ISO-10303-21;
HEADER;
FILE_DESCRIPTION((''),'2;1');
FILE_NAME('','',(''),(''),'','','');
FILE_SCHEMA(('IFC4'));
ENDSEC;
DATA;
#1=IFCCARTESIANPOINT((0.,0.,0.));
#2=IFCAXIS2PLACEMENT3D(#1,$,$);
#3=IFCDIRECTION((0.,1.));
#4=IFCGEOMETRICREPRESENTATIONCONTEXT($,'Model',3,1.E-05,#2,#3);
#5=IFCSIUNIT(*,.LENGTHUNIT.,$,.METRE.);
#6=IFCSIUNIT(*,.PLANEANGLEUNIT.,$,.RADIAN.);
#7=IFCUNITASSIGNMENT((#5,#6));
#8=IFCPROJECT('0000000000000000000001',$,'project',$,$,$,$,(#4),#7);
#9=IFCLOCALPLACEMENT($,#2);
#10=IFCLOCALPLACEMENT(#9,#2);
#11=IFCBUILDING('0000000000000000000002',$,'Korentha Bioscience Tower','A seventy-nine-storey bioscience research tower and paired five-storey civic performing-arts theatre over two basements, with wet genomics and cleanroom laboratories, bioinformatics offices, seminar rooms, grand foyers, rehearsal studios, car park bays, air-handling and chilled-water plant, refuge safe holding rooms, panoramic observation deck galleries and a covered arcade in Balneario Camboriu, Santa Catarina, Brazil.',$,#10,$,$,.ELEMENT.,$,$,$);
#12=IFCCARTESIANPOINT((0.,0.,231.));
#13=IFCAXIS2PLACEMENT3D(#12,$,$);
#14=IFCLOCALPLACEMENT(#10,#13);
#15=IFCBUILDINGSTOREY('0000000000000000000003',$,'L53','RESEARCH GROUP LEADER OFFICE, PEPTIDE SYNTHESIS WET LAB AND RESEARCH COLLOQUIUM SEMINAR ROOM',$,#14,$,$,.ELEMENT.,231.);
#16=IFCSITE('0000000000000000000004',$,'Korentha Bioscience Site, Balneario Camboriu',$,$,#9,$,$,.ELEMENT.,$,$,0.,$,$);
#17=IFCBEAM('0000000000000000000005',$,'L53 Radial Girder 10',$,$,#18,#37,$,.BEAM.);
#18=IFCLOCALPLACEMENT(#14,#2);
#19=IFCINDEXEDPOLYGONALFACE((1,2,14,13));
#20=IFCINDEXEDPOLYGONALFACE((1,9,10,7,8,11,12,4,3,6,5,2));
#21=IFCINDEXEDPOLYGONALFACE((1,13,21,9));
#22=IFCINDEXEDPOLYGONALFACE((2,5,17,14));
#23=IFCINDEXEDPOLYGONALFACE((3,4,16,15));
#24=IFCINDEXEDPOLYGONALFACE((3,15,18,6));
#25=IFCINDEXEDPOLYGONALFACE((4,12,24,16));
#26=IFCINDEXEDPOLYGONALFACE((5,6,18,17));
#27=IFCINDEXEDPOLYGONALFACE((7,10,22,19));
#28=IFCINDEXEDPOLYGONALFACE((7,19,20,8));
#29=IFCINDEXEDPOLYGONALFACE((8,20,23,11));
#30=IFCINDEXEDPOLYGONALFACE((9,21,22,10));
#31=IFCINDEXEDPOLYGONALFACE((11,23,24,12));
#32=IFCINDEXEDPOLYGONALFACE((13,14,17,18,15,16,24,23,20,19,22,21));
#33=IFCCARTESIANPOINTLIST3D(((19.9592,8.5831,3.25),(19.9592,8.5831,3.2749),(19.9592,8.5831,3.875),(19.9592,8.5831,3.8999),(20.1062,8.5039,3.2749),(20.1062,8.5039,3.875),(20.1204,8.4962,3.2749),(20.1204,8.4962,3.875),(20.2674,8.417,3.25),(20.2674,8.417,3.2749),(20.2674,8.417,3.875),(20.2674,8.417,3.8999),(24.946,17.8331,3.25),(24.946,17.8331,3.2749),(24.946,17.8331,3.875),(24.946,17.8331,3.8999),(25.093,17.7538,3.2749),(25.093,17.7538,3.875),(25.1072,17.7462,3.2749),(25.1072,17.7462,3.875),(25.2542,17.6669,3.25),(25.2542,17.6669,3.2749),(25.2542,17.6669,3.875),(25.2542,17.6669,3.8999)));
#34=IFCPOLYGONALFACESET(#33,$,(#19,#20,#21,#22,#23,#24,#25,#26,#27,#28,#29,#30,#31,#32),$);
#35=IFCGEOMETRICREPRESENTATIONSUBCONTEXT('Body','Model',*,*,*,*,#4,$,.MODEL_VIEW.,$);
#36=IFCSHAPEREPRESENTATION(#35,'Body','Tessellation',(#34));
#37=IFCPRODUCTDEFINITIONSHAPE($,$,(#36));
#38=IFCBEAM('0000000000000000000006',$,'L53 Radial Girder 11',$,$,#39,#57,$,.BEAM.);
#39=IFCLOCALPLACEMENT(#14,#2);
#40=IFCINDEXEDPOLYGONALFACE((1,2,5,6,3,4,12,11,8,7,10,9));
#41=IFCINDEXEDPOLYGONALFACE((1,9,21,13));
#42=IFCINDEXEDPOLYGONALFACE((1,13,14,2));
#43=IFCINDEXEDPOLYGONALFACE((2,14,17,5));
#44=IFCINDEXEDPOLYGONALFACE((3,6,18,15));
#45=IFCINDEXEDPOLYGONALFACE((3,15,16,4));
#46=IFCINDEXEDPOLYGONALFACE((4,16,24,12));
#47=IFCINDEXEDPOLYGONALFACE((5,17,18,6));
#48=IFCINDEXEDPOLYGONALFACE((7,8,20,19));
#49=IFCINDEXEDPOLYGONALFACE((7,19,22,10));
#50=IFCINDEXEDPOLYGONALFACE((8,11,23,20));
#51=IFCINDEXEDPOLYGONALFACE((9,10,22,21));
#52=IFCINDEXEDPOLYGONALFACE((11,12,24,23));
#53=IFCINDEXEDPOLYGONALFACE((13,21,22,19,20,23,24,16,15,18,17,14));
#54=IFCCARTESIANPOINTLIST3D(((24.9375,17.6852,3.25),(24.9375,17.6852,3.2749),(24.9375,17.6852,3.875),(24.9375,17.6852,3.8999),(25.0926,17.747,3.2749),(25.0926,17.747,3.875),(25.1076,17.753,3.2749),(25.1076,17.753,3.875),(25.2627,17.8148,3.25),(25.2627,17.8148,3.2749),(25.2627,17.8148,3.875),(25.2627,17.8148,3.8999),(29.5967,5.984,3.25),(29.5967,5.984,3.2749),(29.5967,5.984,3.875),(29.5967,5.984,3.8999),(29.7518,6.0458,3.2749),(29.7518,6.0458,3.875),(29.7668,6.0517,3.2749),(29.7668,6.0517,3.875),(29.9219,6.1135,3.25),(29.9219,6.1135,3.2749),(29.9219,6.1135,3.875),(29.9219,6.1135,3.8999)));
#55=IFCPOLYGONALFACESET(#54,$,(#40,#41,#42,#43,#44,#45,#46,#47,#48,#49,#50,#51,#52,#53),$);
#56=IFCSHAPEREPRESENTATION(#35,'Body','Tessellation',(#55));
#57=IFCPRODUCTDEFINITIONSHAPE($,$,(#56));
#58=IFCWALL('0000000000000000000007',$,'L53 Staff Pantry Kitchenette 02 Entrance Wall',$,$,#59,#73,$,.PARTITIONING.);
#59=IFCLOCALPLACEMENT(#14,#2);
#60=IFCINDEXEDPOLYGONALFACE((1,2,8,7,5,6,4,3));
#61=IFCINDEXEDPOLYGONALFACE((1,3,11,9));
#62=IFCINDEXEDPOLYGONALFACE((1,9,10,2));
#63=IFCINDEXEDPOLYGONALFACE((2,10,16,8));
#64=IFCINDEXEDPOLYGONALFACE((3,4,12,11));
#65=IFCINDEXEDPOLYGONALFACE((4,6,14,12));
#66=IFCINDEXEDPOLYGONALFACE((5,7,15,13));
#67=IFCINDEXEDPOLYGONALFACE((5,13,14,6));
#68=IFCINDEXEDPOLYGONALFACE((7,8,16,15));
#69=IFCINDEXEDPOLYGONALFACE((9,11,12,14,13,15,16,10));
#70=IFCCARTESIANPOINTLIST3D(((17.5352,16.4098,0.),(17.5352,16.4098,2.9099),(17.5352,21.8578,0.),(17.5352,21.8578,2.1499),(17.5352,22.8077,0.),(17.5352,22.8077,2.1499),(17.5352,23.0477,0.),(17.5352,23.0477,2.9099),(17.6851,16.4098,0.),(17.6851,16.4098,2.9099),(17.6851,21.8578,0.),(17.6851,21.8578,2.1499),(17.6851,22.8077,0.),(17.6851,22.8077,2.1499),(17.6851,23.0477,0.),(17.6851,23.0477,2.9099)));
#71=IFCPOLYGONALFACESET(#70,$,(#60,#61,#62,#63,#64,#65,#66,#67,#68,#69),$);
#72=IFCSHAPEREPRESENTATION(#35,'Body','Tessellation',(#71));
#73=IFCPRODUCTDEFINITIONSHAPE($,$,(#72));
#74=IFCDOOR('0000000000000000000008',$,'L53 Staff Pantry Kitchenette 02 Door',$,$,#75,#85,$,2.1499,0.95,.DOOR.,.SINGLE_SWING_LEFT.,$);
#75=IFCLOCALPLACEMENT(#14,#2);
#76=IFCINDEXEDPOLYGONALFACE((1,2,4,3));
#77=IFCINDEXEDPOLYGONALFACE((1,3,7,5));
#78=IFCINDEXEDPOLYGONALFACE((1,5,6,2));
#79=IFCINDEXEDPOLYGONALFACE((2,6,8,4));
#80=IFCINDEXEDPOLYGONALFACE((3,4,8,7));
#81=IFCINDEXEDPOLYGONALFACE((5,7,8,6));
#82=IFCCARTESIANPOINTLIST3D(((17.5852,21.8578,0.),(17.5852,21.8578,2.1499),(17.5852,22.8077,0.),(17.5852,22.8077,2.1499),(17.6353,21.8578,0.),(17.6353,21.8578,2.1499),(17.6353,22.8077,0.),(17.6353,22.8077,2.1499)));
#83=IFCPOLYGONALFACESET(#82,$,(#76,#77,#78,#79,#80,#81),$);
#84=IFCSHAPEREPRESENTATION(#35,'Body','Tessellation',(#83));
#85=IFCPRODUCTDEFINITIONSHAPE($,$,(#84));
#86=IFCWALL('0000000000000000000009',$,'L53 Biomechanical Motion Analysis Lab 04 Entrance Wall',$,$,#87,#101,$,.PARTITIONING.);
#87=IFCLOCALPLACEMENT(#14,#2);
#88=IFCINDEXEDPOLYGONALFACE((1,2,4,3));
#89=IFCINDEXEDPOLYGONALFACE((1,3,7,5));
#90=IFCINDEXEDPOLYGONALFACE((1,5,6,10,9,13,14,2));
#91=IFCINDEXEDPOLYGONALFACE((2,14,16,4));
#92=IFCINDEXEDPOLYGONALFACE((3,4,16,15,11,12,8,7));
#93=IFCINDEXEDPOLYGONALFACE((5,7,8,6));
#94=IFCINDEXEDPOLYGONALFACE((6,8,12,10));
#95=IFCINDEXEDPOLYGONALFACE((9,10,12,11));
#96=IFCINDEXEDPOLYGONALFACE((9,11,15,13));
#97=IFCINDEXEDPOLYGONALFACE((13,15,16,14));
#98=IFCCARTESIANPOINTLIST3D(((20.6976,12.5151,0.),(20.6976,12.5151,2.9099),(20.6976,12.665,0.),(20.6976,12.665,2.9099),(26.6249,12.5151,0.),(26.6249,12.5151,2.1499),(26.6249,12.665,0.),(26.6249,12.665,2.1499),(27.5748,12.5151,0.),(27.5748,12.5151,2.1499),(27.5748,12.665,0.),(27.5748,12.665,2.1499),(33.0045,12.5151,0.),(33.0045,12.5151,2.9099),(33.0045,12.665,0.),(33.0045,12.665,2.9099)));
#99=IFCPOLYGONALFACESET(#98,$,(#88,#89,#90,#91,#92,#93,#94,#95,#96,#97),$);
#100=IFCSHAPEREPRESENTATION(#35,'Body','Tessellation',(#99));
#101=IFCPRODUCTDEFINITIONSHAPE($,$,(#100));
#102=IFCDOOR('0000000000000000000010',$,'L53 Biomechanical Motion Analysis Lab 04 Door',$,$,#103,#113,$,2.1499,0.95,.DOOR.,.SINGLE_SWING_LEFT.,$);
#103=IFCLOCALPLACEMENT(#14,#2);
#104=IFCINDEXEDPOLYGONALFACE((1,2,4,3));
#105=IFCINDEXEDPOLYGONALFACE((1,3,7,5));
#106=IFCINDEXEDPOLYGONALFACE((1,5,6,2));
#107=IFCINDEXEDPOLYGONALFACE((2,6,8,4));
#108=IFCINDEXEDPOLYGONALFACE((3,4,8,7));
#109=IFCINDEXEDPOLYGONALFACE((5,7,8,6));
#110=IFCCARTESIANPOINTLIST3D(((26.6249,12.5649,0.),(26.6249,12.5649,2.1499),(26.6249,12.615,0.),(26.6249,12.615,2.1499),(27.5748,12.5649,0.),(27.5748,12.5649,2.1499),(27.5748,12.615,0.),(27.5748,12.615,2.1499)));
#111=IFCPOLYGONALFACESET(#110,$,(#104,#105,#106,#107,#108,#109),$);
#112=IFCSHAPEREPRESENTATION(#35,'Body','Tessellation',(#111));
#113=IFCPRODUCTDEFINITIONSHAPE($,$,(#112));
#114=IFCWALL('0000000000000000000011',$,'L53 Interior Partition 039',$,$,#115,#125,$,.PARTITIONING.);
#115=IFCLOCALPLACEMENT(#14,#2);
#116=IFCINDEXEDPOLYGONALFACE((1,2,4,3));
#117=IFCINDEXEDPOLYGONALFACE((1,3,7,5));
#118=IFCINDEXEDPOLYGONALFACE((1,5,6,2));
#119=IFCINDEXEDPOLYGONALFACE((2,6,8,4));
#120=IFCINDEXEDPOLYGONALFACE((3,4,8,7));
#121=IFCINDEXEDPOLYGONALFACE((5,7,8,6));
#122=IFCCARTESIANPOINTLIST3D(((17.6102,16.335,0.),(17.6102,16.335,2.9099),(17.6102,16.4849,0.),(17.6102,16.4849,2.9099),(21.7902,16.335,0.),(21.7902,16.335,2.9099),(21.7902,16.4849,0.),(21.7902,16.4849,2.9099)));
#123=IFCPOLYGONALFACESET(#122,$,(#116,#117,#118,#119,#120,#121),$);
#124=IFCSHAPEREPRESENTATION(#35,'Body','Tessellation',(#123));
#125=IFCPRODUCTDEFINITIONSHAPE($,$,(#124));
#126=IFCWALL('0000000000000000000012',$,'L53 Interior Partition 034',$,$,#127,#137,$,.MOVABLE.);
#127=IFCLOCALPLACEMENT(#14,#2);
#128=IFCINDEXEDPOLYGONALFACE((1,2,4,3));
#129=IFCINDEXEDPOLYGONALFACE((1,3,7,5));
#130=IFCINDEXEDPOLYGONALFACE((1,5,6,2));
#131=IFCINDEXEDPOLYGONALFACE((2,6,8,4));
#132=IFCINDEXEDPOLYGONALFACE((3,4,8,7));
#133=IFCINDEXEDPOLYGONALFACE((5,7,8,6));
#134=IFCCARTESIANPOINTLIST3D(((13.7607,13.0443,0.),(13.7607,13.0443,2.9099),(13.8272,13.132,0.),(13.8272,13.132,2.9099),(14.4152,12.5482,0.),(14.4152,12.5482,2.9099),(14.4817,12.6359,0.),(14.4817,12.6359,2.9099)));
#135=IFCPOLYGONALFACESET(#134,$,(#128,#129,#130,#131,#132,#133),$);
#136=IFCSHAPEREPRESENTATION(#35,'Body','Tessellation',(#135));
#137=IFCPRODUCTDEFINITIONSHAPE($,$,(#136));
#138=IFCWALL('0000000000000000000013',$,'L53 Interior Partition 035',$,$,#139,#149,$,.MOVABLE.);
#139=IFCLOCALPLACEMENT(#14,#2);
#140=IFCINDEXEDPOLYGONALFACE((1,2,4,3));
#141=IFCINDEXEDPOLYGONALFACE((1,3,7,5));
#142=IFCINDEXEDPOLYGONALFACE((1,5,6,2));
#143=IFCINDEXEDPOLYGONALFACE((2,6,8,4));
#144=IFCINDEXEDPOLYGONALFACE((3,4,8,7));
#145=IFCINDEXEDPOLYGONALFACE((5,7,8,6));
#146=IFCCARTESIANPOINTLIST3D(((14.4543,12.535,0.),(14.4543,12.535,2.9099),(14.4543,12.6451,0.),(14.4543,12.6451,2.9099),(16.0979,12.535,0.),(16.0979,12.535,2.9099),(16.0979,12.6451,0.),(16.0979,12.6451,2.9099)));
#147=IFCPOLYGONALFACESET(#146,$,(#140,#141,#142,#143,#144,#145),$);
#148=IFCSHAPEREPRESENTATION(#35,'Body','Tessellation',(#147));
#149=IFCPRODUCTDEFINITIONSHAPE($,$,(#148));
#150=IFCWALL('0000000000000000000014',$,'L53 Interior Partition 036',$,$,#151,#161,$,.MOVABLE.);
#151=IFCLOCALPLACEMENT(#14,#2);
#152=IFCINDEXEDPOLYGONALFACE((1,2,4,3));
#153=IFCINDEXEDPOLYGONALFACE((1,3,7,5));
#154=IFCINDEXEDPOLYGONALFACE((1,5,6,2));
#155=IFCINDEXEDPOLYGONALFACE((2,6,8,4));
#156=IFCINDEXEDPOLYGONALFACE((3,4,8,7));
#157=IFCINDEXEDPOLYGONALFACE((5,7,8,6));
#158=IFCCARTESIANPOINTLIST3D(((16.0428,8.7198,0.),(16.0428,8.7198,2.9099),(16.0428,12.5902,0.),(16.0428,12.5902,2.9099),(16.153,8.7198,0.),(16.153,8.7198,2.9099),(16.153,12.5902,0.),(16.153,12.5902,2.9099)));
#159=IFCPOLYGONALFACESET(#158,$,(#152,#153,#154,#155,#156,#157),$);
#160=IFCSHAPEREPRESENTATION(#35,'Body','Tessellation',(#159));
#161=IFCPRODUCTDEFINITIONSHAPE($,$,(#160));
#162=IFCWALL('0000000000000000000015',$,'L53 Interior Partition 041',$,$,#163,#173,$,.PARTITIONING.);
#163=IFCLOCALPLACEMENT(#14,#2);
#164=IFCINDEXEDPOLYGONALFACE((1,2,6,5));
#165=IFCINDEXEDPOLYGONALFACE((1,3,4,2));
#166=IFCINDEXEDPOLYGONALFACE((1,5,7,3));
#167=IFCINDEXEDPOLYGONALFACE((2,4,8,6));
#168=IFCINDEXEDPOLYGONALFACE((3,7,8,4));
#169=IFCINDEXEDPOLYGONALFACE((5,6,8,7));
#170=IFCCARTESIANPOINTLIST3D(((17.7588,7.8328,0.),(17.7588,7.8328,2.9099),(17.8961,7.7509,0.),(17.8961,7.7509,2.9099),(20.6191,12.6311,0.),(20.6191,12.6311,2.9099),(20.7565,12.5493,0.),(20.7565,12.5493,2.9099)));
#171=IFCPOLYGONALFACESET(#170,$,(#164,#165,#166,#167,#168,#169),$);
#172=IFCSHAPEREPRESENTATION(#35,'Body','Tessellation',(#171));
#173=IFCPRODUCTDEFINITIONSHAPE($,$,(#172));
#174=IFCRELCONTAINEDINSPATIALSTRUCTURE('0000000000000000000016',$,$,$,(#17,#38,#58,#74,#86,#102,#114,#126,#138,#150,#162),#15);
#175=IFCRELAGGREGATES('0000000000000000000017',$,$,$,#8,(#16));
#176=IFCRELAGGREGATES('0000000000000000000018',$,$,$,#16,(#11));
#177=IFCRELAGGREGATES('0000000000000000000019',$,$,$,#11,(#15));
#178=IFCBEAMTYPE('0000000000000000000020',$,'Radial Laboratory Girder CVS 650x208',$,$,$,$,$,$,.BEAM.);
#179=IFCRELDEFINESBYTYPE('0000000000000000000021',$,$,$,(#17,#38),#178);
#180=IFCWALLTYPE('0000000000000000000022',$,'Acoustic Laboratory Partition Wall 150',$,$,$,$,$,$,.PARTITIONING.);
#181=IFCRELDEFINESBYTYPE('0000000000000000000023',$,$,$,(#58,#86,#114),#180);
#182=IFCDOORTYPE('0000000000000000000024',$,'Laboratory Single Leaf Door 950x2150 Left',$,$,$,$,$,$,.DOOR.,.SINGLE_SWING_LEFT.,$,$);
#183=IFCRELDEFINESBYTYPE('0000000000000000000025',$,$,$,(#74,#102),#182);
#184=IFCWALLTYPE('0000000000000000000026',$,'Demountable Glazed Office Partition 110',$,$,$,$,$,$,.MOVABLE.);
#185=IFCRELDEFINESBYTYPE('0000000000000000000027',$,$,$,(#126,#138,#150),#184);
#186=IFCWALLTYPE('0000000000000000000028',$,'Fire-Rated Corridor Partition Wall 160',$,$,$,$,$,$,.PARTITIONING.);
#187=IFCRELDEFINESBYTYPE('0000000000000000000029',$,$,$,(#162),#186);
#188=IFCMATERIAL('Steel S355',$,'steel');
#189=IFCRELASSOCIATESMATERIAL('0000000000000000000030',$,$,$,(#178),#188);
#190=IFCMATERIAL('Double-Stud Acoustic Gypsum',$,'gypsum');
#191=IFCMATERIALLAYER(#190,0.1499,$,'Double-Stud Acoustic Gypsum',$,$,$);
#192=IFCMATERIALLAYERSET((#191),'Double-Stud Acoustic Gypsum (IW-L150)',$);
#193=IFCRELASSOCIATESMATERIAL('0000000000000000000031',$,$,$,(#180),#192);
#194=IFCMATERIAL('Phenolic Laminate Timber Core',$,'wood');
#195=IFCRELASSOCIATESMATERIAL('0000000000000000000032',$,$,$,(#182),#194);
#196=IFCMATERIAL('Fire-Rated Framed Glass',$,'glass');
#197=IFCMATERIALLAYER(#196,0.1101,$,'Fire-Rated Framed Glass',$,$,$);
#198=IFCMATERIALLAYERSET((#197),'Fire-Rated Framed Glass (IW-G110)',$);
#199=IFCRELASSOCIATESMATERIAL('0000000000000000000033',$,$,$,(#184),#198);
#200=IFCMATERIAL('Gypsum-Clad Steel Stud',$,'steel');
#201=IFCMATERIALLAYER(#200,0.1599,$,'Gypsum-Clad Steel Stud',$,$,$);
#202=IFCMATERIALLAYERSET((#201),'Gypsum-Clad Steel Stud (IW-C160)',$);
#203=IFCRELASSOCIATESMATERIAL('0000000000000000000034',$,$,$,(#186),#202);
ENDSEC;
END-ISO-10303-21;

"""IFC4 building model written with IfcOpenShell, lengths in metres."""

from ifc_helpers import new_model, si_unit, direction, frame, frame_2d, origin, origin_2d, place, context, subcontext, project, spatial, rectangle, i_section, extrude, material, layer, layer_set, material_profile, profile_set, type_object, element, fill, save


model = new_model("IFC4")

# Units and contexts
model_context = context("Model", 3, precision=1e-05, world=origin(), true_north=direction((0.0, 1.0)))
body_context = subcontext(model_context, "Body", "Model", "MODEL_VIEW")
ifc_project = project(units=[si_unit("LENGTHUNIT", "METRE"), si_unit("PLANEANGLEUNIT", "RADIAN")], contexts=[model_context])

# Site, building, storey
site_placement = place(None, origin())
site = spatial("IfcSite", under=ifc_project, at=site_placement, Name="Korentha Bioscience Site, Balneario Camboriu", CompositionType="ELEMENT", RefElevation=0.0)
building_placement = place(site_placement, origin())
building = spatial("IfcBuilding", under=site, at=building_placement, Name="Korentha Bioscience Tower", Description="A seventy-nine-storey bioscience research tower and paired five-storey civic performing-arts theatre over two basements, with wet genomics and cleanroom laboratories, bioinformatics offices, seminar rooms, grand foyers, rehearsal studios, car park bays, air-handling and chilled-water plant, refuge safe holding rooms, panoramic observation deck galleries and a covered arcade in Balneario Camboriu, Santa Catarina, Brazil.", CompositionType="ELEMENT")
storey_placement = place(building_placement, frame((0.0, 0.0, 231.0)))
storey = spatial("IfcBuildingStorey", under=building, at=storey_placement, Name="L53", Description="RESEARCH GROUP LEADER OFFICE, PEPTIDE SYNTHESIS WET LAB AND RESEARCH COLLOQUIUM SEMINAR ROOM", CompositionType="ELEMENT", Elevation=231.0)

# Shared definitions
ifc_material_1 = material(Name="Steel S355", Category="steel")

# Beams
ifc_material_profile_1 = material_profile(ifc_material_1, i_section(OverallWidth=0.3501, OverallDepth=0.6499, WebThickness=0.0161, FlangeThickness=0.0249, at=origin_2d()), Name="Steel S355")
ifc_profile_set_1 = profile_set([ifc_material_profile_1], Name="Steel S355 (RB-650)")
beam_type_1 = type_object("IfcBeamType", Name="Radial Laboratory Girder CVS 650x208", PredefinedType="BEAM", material=ifc_profile_set_1)
beam_1_placement = place(storey_placement, frame((25.1001, 17.75, 3.575), z_axis=(-0.474546, -0.880231, 0.0), x_axis=(0.880231, -0.474546, 0.0)))
element("IfcBeam", 1, at=beam_1_placement, inside=storey, type_object=beam_type_1, Name="L53 Radial Girder 10", PredefinedType="BEAM", context=body_context, shape_type="SweptSolid", body=[
    extrude(i_section(OverallWidth=0.3501, OverallDepth=0.6499, WebThickness=0.0161, FlangeThickness=0.0249, at=origin_2d()), origin(), (0.0, 0.0, 1.0), 10.5085),
])
beam_2_placement = place(storey_placement, frame((25.1001, 17.75, 3.575), z_axis=(0.369933, -0.929058, 0.0), x_axis=(0.929058, 0.369933, 0.0)))
element("IfcBeam", 2, at=beam_2_placement, inside=storey, type_object=beam_type_1, Name="L53 Radial Girder 11", PredefinedType="BEAM", context=body_context, shape_type="SweptSolid", body=[
    extrude(i_section(OverallWidth=0.3501, OverallDepth=0.6499, WebThickness=0.0161, FlangeThickness=0.0249, at=origin_2d()), origin(), (0.0, 0.0, 1.0), 12.5947),
])

# Walls, openings, doors
ifc_material_2 = material(Name="Double-Stud Acoustic Gypsum", Category="gypsum")
ifc_layer_1 = layer(ifc_material_2, 0.1499, Name="Double-Stud Acoustic Gypsum")
ifc_layer_set_1 = layer_set([ifc_layer_1], Name="Double-Stud Acoustic Gypsum (IW-L150)")
wall_type_1 = type_object("IfcWallType", Name="Acoustic Laboratory Partition Wall 150", PredefinedType="PARTITIONING", material=ifc_layer_set_1)
wall_1_placement = place(storey_placement, frame((17.6101, 16.4099, 0.0), z_axis=(0.0, 0.0, 1.0), x_axis=(0.0, 1.0, 0.0)))
wall_1 = element("IfcWall", 3, at=wall_1_placement, inside=storey, type_object=wall_type_1, Name="L53 Staff Pantry Kitchenette 02 Entrance Wall", PredefinedType="PARTITIONING", context=body_context, shape_type="SweptSolid", body=[
    extrude(rectangle(XDim=6.6379, YDim=0.1499, at=frame_2d((3.3188, 0.0))), origin(), (0.0, 0.0, 1.0), 2.9099),
])
opening_1_placement = place(wall_1_placement, frame((5.4478, 0.0, 0.0)))
opening_1 = element("IfcOpeningElement", 4, at=opening_1_placement, cuts=wall_1, PredefinedType="OPENING", context=body_context, shape_type="SweptSolid", body=[
    extrude(rectangle(XDim=0.95, YDim=2.1499, at=frame_2d((0.4751, 1.075))), frame((0.0, 0.0898, 0.0), z_axis=(0.0, -1.0, 0.0), x_axis=(1.0, 0.0, 0.0)), (0.0, 0.0, 1.0), 0.1797),
])
ifc_material_3 = material(Name="Phenolic Laminate Timber Core", Category="wood")
door_type_1 = type_object("IfcDoorType", Name="Laboratory Single Leaf Door 950x2150 Left", OperationType="SINGLE_SWING_LEFT", PredefinedType="DOOR", material=ifc_material_3)
door_1_placement = place(opening_1_placement, origin())
door_1 = element("IfcDoor", 5, at=door_1_placement, inside=storey, type_object=door_type_1, Name="L53 Staff Pantry Kitchenette 02 Door", OperationType="SINGLE_SWING_LEFT", OverallHeight=2.1499, OverallWidth=0.95, PredefinedType="DOOR", context=body_context, shape_type="SweptSolid", body=[
    extrude(rectangle(XDim=0.95, YDim=2.1499, at=frame_2d((0.4751, 1.075))), frame((0.0, 0.0249, 0.0), z_axis=(0.0, -1.0, 0.0), x_axis=(1.0, 0.0, 0.0)), (0.0, 0.0, 1.0), 0.05),
])
fill(opening_1, door_1)
wall_2_placement = place(storey_placement, frame((20.6978, 12.5901, 0.0), z_axis=(0.0, 0.0, 1.0), x_axis=(1.0, 0.0, 0.0)))
wall_2 = element("IfcWall", 6, at=wall_2_placement, inside=storey, type_object=wall_type_1, Name="L53 Biomechanical Motion Analysis Lab 04 Entrance Wall", PredefinedType="PARTITIONING", context=body_context, shape_type="SweptSolid", body=[
    extrude(rectangle(XDim=12.3069, YDim=0.1499, at=frame_2d((6.1533, 0.0))), origin(), (0.0, 0.0, 1.0), 2.9099),
])
opening_2_placement = place(wall_2_placement, frame((5.927, 0.0, 0.0)))
opening_2 = element("IfcOpeningElement", 7, at=opening_2_placement, cuts=wall_2, PredefinedType="OPENING", context=body_context, shape_type="SweptSolid", body=[
    extrude(rectangle(XDim=0.95, YDim=2.1499, at=frame_2d((0.4751, 1.075))), frame((0.0, 0.0898, 0.0), z_axis=(0.0, -1.0, 0.0), x_axis=(1.0, 0.0, 0.0)), (0.0, 0.0, 1.0), 0.1797),
])
door_2_placement = place(opening_2_placement, origin())
door_2 = element("IfcDoor", 8, at=door_2_placement, inside=storey, type_object=door_type_1, Name="L53 Biomechanical Motion Analysis Lab 04 Door", OperationType="SINGLE_SWING_LEFT", OverallHeight=2.1499, OverallWidth=0.95, PredefinedType="DOOR", context=body_context, shape_type="SweptSolid", body=[
    extrude(rectangle(XDim=0.95, YDim=2.1499, at=frame_2d((0.4751, 1.075))), frame((0.0, 0.0249, 0.0), z_axis=(0.0, -1.0, 0.0), x_axis=(1.0, 0.0, 0.0)), (0.0, 0.0, 1.0), 0.05),
])
fill(opening_2, door_2)

# Walls
wall_3_placement = place(storey_placement, frame((21.79, 16.4099, 0.0), z_axis=(0.0, 0.0, 1.0), x_axis=(-1.0, 0.0, 0.0)))
element("IfcWall", 9, at=wall_3_placement, inside=storey, type_object=wall_type_1, Name="L53 Interior Partition 039", PredefinedType="PARTITIONING", context=body_context, shape_type="SweptSolid", body=[
    extrude(rectangle(XDim=4.1799, YDim=0.1499, at=frame_2d((2.0898, 0.0))), origin(), (0.0, 0.0, 1.0), 2.9099),
])
ifc_material_4 = material(Name="Fire-Rated Framed Glass", Category="glass")
ifc_layer_2 = layer(ifc_material_4, 0.1101, Name="Fire-Rated Framed Glass")
ifc_layer_set_2 = layer_set([ifc_layer_2], Name="Fire-Rated Framed Glass (IW-G110)")
wall_type_2 = type_object("IfcWallType", Name="Demountable Glazed Office Partition 110", PredefinedType="MOVABLE", material=ifc_layer_set_2)
wall_4_placement = place(storey_placement, frame((13.7939, 13.0881, 0.0), z_axis=(0.0, 0.0, 1.0), x_axis=(0.796958, -0.604035, 0.0)))
element("IfcWall", 10, at=wall_4_placement, inside=storey, type_object=wall_type_2, Name="L53 Interior Partition 034", PredefinedType="MOVABLE", context=body_context, shape_type="SweptSolid", body=[
    extrude(rectangle(XDim=0.8213, YDim=0.1101, at=frame_2d((0.4106, 0.0))), origin(), (0.0, 0.0, 1.0), 2.9099),
])
wall_5_placement = place(storey_placement, frame((14.4543, 12.5901, 0.0), z_axis=(0.0, 0.0, 1.0), x_axis=(1.0, 0.0, 0.0)))
element("IfcWall", 11, at=wall_5_placement, inside=storey, type_object=wall_type_2, Name="L53 Interior Partition 035", PredefinedType="MOVABLE", context=body_context, shape_type="SweptSolid", body=[
    extrude(rectangle(XDim=1.6436, YDim=0.1101, at=frame_2d((0.8218, 0.0))), origin(), (0.0, 0.0, 1.0), 2.9099),
])
wall_6_placement = place(storey_placement, frame((16.0979, 12.5901, 0.0), z_axis=(0.0, 0.0, 1.0), x_axis=(0.0, -1.0, 0.0)))
element("IfcWall", 12, at=wall_6_placement, inside=storey, type_object=wall_type_2, Name="L53 Interior Partition 036", PredefinedType="MOVABLE", context=body_context, shape_type="SweptSolid", body=[
    extrude(rectangle(XDim=3.8704, YDim=0.1101, at=frame_2d((1.9351, 0.0))), origin(), (0.0, 0.0, 1.0), 2.9099),
])

# Shared definitions
ifc_material_5 = material(Name="Gypsum-Clad Steel Stud", Category="steel")
ifc_layer_3 = layer(ifc_material_5, 0.1599, Name="Gypsum-Clad Steel Stud")
ifc_layer_set_3 = layer_set([ifc_layer_3], Name="Gypsum-Clad Steel Stud (IW-C160)")
wall_type_3 = type_object("IfcWallType", Name="Fire-Rated Corridor Partition Wall 160", PredefinedType="PARTITIONING", material=ifc_layer_set_3)

# Wall
wall_7_placement = place(storey_placement, frame((20.6877, 12.5901, 0.0), z_axis=(0.0, 0.0, 1.0), x_axis=(-0.512038, -0.858962, 0.0)))
element("IfcWall", 13, at=wall_7_placement, inside=storey, type_object=wall_type_3, Name="L53 Interior Partition 041", PredefinedType="PARTITIONING", context=body_context, shape_type="SweptSolid", body=[
    extrude(rectangle(XDim=5.5862, YDim=0.1599, at=frame_2d((2.793, 0.0))), origin(), (0.0, 0.0, 1.0), 2.9099),
])

save(model, "model.ifc")
